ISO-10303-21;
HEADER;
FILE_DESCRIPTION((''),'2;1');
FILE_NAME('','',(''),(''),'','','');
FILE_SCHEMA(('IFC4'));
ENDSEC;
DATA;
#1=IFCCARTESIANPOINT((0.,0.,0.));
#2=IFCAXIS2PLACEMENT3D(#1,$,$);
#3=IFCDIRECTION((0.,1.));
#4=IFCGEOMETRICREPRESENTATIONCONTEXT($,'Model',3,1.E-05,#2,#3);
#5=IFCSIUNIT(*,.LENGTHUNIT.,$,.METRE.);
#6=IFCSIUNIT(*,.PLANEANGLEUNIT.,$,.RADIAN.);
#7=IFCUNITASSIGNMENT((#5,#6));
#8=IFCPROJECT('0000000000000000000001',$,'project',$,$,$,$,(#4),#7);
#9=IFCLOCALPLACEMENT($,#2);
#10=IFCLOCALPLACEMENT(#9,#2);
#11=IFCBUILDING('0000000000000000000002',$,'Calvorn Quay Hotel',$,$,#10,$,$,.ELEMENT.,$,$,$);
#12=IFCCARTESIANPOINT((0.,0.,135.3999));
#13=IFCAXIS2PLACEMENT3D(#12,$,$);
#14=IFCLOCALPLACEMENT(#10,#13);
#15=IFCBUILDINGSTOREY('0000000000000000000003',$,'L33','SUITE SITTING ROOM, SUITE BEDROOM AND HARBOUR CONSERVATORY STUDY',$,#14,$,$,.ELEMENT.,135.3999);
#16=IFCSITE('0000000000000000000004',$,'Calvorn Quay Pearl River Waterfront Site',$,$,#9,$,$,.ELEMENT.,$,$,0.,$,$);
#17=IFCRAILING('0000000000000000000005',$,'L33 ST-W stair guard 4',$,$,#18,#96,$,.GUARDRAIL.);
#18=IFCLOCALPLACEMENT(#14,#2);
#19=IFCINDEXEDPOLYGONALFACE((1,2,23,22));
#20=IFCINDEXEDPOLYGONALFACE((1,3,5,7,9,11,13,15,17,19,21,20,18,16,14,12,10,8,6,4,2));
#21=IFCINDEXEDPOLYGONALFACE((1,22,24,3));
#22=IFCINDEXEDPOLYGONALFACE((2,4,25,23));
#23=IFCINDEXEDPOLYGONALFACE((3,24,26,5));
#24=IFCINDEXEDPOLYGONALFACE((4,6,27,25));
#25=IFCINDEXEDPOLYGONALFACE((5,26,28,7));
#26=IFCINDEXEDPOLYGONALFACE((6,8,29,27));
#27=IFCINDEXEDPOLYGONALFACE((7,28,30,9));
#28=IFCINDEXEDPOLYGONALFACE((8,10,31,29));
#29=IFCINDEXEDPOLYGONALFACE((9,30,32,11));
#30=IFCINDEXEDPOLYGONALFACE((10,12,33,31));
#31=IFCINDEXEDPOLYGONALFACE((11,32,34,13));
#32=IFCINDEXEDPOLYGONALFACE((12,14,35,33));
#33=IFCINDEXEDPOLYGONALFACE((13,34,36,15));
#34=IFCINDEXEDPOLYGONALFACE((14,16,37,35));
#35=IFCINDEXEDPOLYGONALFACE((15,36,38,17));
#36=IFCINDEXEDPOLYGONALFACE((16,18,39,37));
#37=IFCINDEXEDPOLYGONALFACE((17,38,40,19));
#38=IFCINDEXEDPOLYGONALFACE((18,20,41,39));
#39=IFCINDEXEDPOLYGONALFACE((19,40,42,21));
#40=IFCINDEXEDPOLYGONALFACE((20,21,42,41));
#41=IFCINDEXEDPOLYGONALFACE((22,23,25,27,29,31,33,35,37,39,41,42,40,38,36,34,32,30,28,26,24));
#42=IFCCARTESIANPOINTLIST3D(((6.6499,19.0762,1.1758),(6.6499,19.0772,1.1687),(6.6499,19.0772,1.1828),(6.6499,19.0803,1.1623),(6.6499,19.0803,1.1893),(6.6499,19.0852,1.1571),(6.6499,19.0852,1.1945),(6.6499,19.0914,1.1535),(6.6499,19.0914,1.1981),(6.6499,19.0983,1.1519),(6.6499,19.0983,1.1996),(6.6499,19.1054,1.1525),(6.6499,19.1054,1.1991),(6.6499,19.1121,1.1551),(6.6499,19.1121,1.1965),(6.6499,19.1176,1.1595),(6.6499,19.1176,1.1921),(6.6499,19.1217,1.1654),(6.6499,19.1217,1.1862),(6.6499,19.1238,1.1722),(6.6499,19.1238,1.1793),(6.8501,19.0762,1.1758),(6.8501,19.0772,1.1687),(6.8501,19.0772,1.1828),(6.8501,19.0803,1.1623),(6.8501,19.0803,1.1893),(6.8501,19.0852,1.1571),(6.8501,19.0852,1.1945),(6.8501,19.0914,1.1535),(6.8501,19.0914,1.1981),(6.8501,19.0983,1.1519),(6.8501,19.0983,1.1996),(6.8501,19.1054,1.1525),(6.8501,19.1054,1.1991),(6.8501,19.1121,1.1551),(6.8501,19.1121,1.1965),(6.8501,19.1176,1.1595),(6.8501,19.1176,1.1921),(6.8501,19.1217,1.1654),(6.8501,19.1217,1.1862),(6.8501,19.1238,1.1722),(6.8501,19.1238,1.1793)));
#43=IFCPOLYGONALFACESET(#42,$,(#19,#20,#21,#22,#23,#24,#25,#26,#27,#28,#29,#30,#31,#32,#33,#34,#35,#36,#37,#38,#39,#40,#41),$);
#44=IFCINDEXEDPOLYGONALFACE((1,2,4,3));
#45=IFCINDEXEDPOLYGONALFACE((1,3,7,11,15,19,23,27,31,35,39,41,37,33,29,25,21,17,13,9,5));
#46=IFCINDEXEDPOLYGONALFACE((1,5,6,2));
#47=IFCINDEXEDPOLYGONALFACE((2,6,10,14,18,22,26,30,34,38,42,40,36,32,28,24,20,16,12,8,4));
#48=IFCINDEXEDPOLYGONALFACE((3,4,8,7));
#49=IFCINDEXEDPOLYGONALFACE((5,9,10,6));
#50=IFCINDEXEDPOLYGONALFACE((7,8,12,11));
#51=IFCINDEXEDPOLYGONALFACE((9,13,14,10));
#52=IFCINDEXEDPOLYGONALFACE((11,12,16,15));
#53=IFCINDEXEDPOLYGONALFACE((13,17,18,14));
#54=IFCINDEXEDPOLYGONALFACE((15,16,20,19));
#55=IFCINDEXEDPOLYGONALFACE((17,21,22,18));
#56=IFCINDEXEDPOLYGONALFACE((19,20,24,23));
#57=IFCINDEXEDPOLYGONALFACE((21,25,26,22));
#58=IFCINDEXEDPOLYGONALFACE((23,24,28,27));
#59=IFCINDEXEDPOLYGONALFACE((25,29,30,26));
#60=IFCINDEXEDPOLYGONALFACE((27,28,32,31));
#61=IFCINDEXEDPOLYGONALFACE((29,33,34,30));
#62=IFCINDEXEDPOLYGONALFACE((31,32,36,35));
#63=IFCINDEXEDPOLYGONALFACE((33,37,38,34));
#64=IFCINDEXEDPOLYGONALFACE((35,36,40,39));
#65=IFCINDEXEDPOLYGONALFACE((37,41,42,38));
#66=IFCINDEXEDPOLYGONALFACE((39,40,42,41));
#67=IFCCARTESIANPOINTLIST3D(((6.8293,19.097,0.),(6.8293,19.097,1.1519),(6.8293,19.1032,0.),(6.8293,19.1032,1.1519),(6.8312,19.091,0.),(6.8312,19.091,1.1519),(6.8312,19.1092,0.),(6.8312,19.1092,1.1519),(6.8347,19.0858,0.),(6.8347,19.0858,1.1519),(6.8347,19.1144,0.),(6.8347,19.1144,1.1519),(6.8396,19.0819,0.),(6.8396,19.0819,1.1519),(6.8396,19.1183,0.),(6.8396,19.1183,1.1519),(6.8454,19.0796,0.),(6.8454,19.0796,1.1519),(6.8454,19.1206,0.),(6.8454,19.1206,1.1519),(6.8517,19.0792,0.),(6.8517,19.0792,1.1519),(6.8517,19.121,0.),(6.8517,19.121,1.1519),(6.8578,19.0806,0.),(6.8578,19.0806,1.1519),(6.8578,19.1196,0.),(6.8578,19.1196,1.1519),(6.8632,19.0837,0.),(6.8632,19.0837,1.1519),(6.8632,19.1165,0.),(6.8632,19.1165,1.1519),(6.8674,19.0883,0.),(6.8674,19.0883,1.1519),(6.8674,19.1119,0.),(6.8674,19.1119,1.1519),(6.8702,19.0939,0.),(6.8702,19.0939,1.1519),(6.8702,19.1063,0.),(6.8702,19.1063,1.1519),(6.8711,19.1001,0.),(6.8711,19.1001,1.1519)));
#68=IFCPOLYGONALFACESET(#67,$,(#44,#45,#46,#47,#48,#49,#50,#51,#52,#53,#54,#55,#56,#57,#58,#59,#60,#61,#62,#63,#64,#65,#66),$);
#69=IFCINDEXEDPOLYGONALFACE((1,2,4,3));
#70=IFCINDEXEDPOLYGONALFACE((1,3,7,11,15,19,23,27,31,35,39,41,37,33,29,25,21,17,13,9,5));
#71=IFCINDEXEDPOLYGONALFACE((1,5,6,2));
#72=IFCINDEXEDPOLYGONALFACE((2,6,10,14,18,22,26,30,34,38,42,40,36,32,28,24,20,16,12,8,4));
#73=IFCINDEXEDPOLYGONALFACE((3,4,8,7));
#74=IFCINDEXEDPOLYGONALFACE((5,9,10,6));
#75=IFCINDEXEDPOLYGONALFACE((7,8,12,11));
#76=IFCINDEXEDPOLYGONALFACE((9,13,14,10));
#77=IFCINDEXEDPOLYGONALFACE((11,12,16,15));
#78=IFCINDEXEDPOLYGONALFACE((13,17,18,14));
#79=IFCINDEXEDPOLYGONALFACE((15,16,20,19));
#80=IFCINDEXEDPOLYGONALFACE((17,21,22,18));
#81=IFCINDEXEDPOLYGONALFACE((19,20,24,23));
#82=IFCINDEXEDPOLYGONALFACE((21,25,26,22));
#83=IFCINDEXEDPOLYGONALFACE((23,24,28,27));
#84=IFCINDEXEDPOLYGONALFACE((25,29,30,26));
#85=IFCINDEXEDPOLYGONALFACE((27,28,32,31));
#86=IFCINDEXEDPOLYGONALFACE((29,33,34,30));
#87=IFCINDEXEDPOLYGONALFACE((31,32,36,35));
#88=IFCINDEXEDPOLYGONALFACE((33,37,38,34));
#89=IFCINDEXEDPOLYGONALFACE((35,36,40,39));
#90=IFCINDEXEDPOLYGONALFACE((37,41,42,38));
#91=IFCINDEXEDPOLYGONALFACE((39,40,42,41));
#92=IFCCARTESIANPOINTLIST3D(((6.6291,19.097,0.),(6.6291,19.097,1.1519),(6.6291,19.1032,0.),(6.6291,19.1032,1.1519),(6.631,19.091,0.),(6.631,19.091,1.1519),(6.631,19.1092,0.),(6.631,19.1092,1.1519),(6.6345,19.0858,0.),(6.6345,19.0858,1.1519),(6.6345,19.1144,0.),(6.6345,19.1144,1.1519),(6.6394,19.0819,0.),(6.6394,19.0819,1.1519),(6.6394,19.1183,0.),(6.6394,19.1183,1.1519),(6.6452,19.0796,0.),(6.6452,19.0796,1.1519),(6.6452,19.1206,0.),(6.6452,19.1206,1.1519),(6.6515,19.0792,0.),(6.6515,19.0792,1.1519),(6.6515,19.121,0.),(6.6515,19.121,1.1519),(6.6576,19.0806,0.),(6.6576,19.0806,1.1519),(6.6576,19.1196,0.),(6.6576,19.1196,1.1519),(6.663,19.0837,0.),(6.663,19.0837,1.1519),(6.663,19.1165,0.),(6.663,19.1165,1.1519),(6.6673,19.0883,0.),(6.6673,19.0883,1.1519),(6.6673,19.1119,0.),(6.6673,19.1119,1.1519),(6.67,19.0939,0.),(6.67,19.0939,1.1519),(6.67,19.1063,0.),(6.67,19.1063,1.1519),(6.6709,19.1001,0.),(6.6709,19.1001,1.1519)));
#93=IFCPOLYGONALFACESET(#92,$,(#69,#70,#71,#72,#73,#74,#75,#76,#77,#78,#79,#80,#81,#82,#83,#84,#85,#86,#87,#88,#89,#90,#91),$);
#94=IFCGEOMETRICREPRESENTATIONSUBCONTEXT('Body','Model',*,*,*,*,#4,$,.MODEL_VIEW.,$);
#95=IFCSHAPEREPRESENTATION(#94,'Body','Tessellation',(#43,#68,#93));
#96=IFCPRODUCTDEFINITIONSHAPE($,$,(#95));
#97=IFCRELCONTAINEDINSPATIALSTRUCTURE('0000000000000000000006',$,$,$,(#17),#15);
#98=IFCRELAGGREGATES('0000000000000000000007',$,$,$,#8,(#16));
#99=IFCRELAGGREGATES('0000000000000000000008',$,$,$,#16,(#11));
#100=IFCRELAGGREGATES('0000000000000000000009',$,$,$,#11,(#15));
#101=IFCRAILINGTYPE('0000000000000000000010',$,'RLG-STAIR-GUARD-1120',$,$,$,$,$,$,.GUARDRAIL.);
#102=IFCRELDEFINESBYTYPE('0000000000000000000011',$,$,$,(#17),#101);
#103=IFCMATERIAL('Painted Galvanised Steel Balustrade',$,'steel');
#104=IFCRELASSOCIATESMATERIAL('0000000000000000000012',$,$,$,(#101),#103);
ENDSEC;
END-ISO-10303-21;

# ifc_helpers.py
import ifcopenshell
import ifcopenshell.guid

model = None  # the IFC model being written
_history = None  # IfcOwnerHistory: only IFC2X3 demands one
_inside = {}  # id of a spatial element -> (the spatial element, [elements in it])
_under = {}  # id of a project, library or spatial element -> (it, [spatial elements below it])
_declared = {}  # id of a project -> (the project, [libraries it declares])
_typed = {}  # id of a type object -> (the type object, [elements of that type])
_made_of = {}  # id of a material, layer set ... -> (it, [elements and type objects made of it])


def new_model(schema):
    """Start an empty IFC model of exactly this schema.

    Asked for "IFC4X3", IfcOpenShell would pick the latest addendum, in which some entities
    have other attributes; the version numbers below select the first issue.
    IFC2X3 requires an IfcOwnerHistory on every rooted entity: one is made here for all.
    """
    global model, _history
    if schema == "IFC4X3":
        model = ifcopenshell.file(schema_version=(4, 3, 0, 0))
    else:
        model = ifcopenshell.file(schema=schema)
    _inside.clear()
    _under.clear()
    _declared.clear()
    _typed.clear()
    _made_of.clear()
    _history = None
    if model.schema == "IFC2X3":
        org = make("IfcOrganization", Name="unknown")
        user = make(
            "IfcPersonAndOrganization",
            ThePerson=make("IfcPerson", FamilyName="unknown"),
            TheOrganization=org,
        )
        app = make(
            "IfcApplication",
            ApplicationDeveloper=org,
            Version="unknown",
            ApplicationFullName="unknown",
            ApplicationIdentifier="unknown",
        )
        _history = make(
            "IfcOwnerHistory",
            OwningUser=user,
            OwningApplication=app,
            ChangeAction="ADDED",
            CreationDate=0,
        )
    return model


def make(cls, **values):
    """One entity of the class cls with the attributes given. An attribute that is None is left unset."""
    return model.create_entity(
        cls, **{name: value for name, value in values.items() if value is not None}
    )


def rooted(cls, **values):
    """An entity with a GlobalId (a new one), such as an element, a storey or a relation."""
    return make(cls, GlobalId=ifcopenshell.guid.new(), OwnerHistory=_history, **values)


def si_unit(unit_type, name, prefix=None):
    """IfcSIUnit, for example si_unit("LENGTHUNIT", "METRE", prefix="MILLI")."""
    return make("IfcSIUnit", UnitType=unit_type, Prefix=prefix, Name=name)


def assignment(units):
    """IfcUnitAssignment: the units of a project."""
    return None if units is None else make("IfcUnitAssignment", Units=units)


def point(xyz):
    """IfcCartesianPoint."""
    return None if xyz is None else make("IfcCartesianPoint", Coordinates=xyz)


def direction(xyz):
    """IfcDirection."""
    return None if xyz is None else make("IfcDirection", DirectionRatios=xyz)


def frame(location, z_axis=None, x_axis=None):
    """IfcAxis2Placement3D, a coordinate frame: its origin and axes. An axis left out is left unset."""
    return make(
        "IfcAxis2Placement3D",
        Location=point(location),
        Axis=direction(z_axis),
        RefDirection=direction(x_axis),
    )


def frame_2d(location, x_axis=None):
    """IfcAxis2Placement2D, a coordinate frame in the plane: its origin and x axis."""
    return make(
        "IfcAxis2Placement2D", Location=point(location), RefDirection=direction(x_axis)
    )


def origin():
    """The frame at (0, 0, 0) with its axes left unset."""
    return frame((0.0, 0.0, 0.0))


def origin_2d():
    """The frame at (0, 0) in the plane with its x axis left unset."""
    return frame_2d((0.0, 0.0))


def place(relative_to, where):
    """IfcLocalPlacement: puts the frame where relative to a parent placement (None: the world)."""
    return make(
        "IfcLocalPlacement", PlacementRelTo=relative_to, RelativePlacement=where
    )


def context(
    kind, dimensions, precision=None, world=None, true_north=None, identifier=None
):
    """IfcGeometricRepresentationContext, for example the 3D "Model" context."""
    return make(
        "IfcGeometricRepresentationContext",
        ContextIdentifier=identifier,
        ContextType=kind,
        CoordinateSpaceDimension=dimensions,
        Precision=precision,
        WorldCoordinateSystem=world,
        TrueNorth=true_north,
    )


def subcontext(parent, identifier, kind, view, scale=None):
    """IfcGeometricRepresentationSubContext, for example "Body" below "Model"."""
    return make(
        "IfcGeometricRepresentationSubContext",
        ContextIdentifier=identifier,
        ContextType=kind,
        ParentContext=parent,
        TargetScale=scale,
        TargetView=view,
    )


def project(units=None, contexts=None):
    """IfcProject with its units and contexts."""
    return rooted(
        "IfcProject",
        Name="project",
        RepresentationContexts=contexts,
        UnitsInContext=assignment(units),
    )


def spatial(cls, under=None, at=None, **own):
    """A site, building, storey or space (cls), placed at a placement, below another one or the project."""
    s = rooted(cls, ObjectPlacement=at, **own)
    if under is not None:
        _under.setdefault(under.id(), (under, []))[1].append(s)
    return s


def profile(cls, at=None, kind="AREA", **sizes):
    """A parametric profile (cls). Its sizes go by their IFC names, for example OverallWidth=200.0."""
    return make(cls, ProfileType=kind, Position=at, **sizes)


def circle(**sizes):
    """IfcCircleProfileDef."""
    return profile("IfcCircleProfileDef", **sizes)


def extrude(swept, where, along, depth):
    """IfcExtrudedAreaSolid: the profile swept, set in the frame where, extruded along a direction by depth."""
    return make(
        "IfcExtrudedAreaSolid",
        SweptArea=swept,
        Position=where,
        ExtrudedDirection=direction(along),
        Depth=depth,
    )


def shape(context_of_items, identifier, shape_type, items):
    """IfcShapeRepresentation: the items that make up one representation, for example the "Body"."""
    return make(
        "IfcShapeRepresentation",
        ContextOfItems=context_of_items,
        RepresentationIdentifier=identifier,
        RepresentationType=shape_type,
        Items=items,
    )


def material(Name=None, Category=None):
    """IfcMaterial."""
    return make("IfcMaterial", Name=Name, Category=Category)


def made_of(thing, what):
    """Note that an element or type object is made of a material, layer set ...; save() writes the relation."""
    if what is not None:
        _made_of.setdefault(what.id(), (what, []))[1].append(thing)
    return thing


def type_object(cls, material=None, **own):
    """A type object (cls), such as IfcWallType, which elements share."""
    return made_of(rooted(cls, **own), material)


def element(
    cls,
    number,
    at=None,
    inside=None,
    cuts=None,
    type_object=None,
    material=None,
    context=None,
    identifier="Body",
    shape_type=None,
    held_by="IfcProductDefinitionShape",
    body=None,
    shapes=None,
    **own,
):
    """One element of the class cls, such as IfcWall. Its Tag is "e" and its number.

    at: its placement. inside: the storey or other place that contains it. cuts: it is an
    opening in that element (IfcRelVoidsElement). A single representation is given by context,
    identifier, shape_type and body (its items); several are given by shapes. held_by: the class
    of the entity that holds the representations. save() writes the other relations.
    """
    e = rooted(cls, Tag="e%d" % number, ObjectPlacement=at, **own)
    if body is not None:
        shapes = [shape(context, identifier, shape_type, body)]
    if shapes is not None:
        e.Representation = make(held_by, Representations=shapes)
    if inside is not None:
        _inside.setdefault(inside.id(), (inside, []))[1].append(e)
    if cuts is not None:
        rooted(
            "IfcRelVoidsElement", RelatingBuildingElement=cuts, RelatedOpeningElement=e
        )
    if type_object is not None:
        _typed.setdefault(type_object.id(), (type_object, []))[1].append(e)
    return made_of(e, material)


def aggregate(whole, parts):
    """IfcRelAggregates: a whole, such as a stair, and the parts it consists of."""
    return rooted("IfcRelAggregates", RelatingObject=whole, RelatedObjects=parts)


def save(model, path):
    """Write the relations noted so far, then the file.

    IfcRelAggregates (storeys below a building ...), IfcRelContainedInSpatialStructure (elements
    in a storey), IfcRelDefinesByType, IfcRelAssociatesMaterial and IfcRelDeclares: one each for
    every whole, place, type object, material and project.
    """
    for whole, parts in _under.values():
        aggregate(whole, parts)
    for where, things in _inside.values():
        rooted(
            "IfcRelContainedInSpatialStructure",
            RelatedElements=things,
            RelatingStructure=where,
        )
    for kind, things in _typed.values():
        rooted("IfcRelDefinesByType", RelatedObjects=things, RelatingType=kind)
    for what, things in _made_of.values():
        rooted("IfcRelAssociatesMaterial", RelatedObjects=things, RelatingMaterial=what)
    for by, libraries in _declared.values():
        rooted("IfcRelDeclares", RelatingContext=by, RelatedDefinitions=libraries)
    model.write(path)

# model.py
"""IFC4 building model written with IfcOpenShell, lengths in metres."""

from ifc_helpers import new_model, si_unit, direction, frame, origin, origin_2d, place, context, subcontext, project, spatial, circle, extrude, material, type_object, element, save


model = new_model("IFC4")

# Units and contexts
model_context = context("Model", 3, precision=1e-05, world=origin(), true_north=direction((0.0, 1.0)))
body_context = subcontext(model_context, "Body", "Model", "MODEL_VIEW")
ifc_project = project(units=[si_unit("LENGTHUNIT", "METRE"), si_unit("PLANEANGLEUNIT", "RADIAN")], contexts=[model_context])

# Site, building, storey
site_placement = place(None, origin())
site = spatial("IfcSite", under=ifc_project, at=site_placement, Name="Calvorn Quay Pearl River Waterfront Site", CompositionType="ELEMENT", RefElevation=0.0)
building_placement = place(site_placement, origin())
building = spatial("IfcBuilding", under=site, at=building_placement, Name="Calvorn Quay Hotel", CompositionType="ELEMENT")
storey_placement = place(building_placement, frame((0.0, 0.0, 135.3999)))
storey = spatial("IfcBuildingStorey", under=building, at=storey_placement, Name="L33", Description="SUITE SITTING ROOM, SUITE BEDROOM AND HARBOUR CONSERVATORY STUDY", CompositionType="ELEMENT", Elevation=135.3999)

# Railing
ifc_material_1 = material(Name="Painted Galvanised Steel Balustrade", Category="steel")
railing_type_1 = type_object("IfcRailingType", Name="RLG-STAIR-GUARD-1120", PredefinedType="GUARDRAIL", material=ifc_material_1)
railing_1_placement = place(storey_placement, frame((6.8501, 19.1001, 0.0)))
element("IfcRailing", 1, at=railing_1_placement, inside=storey, type_object=railing_type_1, Name="L33 ST-W stair guard 4", PredefinedType="GUARDRAIL", context=body_context, shape_type="SweptSolid", body=[
    extrude(circle(Radius=0.0239, at=origin_2d()), frame((0.0, 0.0, 1.1758), z_axis=(-1.0, 0.0, 0.0), x_axis=(0.0, -1.0, 0.0)), (0.0, 0.0, 1.0), 0.2002),
    extrude(circle(Radius=0.021, at=origin_2d()), origin(), (0.0, 0.0, 1.0), 1.1519),
    extrude(circle(Radius=0.021, at=origin_2d()), frame((-0.2002, 0.0, 0.0)), (0.0, 0.0, 1.0), 1.1519),
])

save(model, "model.ifc")
